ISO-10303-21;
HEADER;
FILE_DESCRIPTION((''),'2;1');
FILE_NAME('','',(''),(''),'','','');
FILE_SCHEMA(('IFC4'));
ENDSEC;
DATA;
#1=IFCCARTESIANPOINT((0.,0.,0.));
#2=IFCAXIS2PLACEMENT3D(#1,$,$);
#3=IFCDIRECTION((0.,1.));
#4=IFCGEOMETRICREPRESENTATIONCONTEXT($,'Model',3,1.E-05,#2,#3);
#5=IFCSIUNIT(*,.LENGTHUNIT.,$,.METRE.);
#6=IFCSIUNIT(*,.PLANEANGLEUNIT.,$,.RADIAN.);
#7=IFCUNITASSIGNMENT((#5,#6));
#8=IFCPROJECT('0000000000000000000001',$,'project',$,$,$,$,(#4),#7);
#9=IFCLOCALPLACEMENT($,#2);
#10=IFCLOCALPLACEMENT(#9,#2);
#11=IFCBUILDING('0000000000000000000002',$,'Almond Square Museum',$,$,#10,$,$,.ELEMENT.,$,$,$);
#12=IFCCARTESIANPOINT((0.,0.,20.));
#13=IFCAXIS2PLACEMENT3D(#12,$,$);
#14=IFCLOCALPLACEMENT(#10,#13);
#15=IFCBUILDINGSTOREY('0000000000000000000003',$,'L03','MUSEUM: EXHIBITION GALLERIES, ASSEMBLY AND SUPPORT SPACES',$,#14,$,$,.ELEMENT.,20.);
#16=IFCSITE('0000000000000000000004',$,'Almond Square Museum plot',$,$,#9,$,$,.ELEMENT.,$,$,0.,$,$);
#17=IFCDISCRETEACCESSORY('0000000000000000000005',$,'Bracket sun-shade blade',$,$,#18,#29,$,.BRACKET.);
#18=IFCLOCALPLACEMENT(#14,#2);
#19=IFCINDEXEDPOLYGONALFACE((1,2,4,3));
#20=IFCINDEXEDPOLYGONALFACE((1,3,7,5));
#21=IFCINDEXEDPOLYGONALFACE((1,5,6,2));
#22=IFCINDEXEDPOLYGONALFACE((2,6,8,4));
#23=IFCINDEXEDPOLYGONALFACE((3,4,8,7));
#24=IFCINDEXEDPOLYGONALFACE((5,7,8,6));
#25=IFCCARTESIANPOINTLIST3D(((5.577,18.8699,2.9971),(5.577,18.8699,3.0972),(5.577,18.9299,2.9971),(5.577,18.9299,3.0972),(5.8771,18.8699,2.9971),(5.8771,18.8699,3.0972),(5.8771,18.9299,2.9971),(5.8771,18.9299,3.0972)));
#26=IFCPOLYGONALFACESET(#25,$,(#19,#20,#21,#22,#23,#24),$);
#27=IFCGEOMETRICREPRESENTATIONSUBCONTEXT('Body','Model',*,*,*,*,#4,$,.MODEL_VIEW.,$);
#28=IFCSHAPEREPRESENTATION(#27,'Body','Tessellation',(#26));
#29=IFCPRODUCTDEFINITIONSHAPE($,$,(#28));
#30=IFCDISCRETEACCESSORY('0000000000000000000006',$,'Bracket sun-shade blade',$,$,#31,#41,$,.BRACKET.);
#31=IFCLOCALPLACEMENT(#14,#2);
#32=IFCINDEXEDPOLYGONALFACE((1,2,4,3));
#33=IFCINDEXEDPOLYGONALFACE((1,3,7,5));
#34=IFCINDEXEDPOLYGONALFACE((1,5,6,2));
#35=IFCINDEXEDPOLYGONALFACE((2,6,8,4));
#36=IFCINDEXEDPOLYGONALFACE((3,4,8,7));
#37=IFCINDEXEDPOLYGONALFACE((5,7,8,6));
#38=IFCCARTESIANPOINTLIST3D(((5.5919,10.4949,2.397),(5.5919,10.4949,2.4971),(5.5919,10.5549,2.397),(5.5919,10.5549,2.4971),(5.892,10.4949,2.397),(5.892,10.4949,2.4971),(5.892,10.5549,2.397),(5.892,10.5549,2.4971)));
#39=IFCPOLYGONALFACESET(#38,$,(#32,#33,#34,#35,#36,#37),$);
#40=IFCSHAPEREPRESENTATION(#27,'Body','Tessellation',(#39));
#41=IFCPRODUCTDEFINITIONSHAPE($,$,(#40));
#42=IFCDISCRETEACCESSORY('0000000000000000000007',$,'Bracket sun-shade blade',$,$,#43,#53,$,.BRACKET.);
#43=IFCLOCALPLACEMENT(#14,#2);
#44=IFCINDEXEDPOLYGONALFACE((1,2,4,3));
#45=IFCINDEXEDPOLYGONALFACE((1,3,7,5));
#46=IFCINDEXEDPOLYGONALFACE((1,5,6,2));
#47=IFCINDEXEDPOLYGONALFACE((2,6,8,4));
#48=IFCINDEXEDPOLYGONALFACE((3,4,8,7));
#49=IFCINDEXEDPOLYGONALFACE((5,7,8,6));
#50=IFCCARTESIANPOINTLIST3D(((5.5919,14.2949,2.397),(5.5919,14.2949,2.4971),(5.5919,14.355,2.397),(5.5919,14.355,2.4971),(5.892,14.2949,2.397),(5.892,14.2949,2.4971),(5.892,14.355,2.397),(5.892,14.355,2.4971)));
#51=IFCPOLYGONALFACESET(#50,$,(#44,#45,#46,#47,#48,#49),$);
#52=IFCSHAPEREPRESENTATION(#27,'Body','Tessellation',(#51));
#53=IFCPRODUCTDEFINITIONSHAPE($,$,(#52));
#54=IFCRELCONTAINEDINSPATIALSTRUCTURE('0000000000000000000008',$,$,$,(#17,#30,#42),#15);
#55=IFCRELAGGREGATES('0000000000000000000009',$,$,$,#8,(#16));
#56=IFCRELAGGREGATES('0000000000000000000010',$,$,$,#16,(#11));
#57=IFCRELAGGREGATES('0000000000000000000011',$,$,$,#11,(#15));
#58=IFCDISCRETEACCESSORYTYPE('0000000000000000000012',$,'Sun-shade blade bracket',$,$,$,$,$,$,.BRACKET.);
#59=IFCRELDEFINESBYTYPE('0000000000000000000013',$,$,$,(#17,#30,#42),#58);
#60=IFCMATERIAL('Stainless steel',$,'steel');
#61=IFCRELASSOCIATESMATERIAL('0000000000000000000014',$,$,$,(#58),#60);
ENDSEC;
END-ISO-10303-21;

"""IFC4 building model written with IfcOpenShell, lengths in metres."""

from ifc_helpers import new_model, si_unit, direction, frame, origin, origin_2d, place, context, subcontext, project, spatial, rectangle, extrude, material, type_object, element, save


model = new_model("IFC4")

# Units and contexts
model_context = context("Model", 3, precision=1e-05, world=origin(), true_north=direction((0.0, 1.0)))
body_context = subcontext(model_context, "Body", "Model", "MODEL_VIEW")
ifc_project = project(units=[si_unit("LENGTHUNIT", "METRE"), si_unit("PLANEANGLEUNIT", "RADIAN")], contexts=[model_context])

# Site, building, storey
site_placement = place(None, origin())
site = spatial("IfcSite", under=ifc_project, at=site_placement, Name="Almond Square Museum plot", CompositionType="ELEMENT", RefElevation=0.0)
building_placement = place(site_placement, origin())
building = spatial("IfcBuilding", under=site, at=building_placement, Name="Almond Square Museum", CompositionType="ELEMENT")
storey_placement = place(building_placement, frame((0.0, 0.0, 20.0)))
storey = spatial("IfcBuildingStorey", under=building, at=storey_placement, Name="L03", Description="MUSEUM: EXHIBITION GALLERIES, ASSEMBLY AND SUPPORT SPACES", CompositionType="ELEMENT", Elevation=20.0)

# Discrete accessories
ifc_material_1 = material(Name="Stainless steel", Category="steel")
discrete_accessory_type_1 = type_object("IfcDiscreteAccessoryType", Name="Sun-shade blade bracket", PredefinedType="BRACKET", material=ifc_material_1)
for number, where, z_axis, x_axis, name in (
    (1, (5.7271, 18.8999, 2.9971), (0.0, 0.0, 1.0), (1.0, 0.0, 0.0), "Bracket sun-shade blade"),
    (2, (5.7419, 10.5249, 2.397), (0.0, 0.0, 1.0), (1.0, 0.0, 0.0), "Bracket sun-shade blade"),
    (3, (5.7419, 14.325, 2.397), (0.0, 0.0, 1.0), (1.0, 0.0, 0.0), "Bracket sun-shade blade"),
):
    element("IfcDiscreteAccessory", number, at=place(storey_placement, frame(where, z_axis=z_axis, x_axis=x_axis)), inside=storey, type_object=discrete_accessory_type_1, Name=name, PredefinedType="BRACKET", context=body_context, shape_type="SweptSolid", body=[
        extrude(rectangle(XDim=0.3, YDim=0.0601, at=origin_2d()), origin(), (0.0, 0.0, 1.0), 0.1001),
    ])

save(model, "model.ifc")
